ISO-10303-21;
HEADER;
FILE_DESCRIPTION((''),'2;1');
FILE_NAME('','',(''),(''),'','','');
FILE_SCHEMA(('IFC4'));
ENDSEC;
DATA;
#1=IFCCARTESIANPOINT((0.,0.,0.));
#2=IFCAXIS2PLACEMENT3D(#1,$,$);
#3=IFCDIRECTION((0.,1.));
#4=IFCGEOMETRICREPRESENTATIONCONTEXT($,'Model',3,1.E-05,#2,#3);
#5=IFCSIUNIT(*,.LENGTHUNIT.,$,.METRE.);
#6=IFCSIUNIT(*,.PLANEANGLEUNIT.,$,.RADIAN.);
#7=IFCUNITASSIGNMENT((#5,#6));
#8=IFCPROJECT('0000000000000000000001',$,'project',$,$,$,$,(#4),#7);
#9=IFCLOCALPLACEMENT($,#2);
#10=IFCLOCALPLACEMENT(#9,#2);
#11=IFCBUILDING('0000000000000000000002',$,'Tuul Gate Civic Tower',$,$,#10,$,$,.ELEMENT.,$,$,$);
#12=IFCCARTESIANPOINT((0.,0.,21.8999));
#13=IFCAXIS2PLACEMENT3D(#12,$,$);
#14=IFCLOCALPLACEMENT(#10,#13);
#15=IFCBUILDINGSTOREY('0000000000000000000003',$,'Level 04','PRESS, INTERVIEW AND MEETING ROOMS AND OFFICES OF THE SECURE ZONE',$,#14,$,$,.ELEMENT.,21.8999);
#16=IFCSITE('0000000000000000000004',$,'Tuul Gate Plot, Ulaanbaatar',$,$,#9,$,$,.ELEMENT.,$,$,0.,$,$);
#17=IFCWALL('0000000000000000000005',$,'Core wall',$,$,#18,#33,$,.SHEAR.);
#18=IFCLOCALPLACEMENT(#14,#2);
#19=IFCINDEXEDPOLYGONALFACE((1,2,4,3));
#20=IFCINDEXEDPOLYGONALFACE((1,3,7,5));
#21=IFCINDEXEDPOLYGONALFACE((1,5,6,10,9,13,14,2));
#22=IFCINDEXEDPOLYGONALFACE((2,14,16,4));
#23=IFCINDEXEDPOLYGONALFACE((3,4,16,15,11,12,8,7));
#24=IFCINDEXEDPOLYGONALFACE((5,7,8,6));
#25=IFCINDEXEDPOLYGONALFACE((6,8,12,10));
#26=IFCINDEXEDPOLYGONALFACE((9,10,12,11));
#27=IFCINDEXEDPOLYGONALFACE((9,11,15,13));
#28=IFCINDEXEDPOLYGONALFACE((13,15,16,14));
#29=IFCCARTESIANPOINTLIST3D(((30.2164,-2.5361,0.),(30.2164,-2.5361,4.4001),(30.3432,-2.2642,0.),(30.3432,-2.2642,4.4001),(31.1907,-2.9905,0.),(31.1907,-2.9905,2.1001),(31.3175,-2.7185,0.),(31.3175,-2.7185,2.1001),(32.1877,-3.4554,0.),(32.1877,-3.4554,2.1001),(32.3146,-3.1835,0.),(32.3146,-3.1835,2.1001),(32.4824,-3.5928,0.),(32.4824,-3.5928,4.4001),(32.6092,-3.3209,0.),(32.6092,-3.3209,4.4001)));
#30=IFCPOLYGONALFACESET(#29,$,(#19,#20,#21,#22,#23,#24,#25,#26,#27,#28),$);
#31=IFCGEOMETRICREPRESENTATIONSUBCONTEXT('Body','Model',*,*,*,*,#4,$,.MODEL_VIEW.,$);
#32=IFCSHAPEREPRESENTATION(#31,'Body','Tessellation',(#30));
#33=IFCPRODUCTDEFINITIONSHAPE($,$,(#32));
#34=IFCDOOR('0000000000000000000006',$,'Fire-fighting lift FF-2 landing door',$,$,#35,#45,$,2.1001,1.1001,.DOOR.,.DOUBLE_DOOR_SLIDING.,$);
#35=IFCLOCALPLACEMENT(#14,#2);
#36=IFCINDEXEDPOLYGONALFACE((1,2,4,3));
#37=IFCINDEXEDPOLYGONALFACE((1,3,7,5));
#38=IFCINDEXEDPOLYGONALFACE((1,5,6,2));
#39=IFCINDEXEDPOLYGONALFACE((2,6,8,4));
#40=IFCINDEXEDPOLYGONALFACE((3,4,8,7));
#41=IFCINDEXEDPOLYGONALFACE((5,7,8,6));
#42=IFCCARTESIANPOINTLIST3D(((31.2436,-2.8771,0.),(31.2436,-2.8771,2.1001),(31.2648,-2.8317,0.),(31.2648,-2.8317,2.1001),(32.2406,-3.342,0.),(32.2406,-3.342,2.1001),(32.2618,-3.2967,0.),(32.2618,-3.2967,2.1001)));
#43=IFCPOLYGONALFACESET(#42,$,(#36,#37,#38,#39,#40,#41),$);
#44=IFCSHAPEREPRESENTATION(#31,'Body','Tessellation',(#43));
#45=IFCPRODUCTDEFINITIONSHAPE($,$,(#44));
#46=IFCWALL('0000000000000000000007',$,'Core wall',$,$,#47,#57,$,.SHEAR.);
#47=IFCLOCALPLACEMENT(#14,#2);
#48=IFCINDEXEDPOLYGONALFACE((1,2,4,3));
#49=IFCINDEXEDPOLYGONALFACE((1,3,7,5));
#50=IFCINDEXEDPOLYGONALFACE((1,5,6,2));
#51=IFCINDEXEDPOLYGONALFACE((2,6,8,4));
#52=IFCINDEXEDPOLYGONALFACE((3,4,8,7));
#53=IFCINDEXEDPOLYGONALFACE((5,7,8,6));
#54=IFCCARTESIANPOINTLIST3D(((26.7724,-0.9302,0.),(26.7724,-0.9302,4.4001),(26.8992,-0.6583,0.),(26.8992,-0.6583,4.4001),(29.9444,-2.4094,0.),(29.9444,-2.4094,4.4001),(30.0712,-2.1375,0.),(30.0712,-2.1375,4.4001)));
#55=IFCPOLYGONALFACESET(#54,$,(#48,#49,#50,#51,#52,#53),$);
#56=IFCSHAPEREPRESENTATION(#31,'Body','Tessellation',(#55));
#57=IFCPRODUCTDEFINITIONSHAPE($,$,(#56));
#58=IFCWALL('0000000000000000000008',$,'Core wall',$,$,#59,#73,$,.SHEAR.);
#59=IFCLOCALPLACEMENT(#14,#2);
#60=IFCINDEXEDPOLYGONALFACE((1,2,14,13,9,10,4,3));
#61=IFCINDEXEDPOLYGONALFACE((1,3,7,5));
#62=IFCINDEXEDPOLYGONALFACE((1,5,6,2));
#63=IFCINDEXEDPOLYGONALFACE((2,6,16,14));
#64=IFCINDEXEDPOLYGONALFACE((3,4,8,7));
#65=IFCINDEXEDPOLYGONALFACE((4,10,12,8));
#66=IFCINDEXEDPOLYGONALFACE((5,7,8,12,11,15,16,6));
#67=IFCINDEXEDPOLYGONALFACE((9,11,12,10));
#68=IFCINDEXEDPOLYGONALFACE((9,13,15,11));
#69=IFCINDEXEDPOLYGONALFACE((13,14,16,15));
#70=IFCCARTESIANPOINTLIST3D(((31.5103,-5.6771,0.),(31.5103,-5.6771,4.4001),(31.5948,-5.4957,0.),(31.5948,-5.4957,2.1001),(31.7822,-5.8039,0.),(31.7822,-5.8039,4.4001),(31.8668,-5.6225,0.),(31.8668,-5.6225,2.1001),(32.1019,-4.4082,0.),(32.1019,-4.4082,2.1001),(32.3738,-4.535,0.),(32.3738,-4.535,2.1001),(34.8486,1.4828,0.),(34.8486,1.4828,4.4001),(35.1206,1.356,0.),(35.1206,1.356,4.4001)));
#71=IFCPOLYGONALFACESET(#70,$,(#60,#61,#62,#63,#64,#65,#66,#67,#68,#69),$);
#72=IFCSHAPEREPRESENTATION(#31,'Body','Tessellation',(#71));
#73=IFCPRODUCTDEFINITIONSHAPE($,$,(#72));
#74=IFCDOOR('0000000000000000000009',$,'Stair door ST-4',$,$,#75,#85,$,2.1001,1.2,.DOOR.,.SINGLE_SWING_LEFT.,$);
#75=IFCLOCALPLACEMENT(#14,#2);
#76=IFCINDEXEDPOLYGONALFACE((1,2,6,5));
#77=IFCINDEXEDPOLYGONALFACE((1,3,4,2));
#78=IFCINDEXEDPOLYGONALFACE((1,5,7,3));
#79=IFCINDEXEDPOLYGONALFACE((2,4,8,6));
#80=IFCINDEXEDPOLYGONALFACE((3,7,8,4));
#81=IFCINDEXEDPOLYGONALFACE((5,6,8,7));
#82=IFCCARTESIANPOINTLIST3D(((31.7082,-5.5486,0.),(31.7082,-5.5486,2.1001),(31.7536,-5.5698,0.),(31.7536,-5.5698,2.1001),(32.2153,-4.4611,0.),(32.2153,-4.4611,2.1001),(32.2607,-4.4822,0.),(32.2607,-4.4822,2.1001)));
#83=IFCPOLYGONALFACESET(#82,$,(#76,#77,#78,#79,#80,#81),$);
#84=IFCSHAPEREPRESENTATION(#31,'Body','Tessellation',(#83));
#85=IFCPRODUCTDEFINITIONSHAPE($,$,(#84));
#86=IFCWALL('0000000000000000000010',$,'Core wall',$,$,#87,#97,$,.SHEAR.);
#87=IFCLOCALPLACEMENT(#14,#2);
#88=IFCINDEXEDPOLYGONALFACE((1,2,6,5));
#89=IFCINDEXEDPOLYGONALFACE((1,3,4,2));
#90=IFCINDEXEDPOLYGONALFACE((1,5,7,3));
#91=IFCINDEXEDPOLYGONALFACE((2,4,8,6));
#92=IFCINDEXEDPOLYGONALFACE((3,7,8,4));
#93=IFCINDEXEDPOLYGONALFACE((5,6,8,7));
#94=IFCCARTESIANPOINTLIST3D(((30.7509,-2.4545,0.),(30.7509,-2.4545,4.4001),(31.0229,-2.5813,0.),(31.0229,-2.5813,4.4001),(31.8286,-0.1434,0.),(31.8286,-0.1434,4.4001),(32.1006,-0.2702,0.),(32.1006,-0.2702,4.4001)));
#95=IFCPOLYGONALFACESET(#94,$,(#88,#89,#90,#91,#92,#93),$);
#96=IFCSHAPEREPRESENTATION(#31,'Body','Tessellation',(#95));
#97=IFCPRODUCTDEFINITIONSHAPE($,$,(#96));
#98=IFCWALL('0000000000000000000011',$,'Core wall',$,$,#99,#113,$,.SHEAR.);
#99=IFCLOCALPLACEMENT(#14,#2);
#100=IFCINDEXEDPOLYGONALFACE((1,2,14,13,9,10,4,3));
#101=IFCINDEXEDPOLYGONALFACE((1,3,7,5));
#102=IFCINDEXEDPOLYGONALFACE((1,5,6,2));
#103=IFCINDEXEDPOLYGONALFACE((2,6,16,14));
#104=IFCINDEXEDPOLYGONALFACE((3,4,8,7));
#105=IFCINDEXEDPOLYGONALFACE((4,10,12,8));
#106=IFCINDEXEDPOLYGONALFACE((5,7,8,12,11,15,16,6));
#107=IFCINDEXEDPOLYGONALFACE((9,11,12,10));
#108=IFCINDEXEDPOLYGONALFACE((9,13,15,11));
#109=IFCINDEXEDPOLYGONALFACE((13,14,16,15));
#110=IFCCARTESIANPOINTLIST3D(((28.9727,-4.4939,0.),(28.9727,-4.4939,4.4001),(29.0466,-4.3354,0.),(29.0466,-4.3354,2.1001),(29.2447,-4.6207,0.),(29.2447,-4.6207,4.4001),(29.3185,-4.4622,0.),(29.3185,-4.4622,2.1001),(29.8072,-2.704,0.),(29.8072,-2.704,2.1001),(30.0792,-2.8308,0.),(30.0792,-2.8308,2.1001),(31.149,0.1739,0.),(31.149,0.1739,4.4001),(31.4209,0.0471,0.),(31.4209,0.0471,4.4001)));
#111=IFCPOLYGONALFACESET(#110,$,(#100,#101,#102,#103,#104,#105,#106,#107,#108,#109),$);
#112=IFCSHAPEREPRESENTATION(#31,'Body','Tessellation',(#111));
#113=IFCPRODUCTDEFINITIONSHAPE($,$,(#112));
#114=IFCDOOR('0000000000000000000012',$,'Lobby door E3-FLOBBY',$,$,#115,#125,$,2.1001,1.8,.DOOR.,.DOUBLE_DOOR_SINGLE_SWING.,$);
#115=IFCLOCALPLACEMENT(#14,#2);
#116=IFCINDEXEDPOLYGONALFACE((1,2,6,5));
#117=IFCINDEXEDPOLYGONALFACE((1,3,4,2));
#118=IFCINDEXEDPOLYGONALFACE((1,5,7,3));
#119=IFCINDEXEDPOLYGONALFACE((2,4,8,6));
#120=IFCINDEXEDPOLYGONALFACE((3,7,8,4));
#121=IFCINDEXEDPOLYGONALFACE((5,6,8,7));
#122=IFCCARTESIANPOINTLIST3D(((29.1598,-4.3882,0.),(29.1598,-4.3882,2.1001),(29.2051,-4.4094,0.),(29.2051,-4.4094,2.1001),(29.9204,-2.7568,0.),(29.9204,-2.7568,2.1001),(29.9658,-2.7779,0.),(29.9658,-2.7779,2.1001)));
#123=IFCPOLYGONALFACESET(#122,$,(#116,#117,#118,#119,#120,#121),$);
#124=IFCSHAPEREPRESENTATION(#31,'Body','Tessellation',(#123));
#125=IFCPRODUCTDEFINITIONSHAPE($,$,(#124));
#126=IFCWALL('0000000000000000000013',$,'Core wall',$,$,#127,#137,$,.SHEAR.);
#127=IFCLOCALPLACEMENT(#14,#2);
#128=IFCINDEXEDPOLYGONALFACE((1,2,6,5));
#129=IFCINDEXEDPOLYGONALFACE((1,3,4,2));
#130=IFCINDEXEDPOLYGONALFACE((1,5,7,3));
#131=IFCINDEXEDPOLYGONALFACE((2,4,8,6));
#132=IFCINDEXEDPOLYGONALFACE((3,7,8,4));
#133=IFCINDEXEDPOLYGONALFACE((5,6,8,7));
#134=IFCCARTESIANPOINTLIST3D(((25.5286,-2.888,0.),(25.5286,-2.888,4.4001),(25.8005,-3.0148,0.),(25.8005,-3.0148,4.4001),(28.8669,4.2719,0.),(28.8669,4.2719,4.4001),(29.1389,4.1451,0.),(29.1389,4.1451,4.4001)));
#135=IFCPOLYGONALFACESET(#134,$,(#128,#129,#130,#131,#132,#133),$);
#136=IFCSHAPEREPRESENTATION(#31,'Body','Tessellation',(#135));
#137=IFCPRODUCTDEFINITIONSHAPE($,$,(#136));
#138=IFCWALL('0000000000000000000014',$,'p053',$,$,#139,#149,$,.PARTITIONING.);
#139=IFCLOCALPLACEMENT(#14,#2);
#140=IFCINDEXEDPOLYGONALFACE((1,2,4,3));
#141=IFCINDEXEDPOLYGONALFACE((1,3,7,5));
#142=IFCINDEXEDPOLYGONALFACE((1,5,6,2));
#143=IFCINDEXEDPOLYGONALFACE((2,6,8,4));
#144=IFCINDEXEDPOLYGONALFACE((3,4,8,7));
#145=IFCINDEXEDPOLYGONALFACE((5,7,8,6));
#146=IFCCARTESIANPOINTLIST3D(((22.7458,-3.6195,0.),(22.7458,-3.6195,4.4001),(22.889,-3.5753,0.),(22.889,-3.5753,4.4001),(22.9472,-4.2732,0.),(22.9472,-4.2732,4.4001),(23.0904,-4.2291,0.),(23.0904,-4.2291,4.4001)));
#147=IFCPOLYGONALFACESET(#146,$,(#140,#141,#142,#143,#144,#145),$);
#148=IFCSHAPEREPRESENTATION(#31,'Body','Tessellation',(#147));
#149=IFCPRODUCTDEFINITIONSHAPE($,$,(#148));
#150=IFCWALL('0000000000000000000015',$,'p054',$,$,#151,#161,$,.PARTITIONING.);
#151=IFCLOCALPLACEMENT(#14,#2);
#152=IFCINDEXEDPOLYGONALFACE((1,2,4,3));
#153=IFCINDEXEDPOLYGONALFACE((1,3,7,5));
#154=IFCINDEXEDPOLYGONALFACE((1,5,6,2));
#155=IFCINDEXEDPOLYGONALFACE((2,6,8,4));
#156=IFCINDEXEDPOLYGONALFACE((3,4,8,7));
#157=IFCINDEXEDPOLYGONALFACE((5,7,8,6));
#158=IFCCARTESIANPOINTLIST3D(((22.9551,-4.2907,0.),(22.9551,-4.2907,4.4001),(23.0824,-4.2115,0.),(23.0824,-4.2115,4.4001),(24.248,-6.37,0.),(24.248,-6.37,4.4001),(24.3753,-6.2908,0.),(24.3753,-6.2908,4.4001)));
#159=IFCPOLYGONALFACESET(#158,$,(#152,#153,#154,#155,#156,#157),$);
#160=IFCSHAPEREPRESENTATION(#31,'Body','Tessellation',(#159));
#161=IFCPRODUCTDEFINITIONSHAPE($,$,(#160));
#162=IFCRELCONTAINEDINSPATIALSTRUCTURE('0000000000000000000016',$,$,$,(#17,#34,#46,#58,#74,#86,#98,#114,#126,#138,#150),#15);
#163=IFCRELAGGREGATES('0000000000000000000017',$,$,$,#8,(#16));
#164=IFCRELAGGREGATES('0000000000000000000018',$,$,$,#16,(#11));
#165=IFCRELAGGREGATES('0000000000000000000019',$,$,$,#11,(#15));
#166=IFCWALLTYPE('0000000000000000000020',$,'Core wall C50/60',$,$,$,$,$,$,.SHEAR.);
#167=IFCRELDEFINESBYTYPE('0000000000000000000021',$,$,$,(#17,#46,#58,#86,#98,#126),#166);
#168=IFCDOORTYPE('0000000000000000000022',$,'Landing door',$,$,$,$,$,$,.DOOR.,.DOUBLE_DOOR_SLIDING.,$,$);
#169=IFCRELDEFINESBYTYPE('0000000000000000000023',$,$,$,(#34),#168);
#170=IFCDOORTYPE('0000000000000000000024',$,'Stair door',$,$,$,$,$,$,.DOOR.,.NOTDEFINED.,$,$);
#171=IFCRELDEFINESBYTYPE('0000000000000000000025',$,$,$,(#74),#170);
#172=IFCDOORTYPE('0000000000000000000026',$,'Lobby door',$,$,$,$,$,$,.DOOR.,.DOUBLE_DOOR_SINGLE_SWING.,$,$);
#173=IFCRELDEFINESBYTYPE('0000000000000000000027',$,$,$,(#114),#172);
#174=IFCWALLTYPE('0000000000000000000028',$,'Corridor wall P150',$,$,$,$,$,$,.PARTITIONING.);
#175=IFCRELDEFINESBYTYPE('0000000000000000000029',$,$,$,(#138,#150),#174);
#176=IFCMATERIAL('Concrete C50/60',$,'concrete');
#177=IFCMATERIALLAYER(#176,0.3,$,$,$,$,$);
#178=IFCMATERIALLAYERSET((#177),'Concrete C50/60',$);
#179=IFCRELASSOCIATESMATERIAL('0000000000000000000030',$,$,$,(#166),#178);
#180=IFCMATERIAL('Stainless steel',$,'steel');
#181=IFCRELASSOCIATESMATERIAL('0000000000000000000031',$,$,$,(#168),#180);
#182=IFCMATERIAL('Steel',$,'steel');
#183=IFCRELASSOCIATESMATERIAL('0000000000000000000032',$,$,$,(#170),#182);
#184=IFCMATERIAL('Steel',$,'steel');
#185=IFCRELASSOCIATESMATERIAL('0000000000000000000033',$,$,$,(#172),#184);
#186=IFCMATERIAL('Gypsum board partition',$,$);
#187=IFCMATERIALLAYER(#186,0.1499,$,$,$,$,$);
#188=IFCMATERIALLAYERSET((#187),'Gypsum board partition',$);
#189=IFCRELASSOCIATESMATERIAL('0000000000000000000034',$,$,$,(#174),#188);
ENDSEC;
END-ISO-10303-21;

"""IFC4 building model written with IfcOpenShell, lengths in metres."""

from ifc_helpers import new_model, si_unit, direction, frame, frame_2d, origin, place, context, subcontext, project, spatial, rectangle, extrude, material, layer, layer_set, type_object, element, fill, save


model = new_model("IFC4")

# Units and contexts
model_context = context("Model", 3, precision=1e-05, world=origin(), true_north=direction((0.0, 1.0)))
body_context = subcontext(model_context, "Body", "Model", "MODEL_VIEW")
ifc_project = project(units=[si_unit("LENGTHUNIT", "METRE"), si_unit("PLANEANGLEUNIT", "RADIAN")], contexts=[model_context])

# Site, building, storey
site_placement = place(None, origin())
site = spatial("IfcSite", under=ifc_project, at=site_placement, Name="Tuul Gate Plot, Ulaanbaatar", CompositionType="ELEMENT", RefElevation=0.0)
building_placement = place(site_placement, origin())
building = spatial("IfcBuilding", under=site, at=building_placement, Name="Tuul Gate Civic Tower", CompositionType="ELEMENT")
storey_placement = place(building_placement, frame((0.0, 0.0, 21.8999)))
storey = spatial("IfcBuildingStorey", under=building, at=storey_placement, Name="Level 04", Description="PRESS, INTERVIEW AND MEETING ROOMS AND OFFICES OF THE SECURE ZONE", CompositionType="ELEMENT", Elevation=21.8999)

# Wall, opening, door
ifc_material_1 = material(Name="Concrete C50/60", Category="concrete")
ifc_layer_1 = layer(ifc_material_1, 0.3)
ifc_layer_set_1 = layer_set([ifc_layer_1], Name="Concrete C50/60")
wall_type_1 = type_object("IfcWallType", Name="Core wall C50/60", PredefinedType="SHEAR", material=ifc_layer_set_1)
wall_1_placement = place(storey_placement, frame((32.5457, -3.4568, 0.0), z_axis=(0.0, 0.0, 1.0), x_axis=(-0.9063, 0.422634, 0.0)))
wall_1 = element("IfcWall", 1, at=wall_1_placement, inside=storey, type_object=wall_type_1, Name="Core wall", PredefinedType="SHEAR", context=body_context, shape_type="SweptSolid", body=[
    extrude(rectangle(XDim=2.5002, YDim=0.3, at=frame_2d((1.25, 0.0))), origin(), (0.0, 0.0, 1.0), 4.4001),
])
opening_1_placement = place(wall_1_placement, frame((0.325, 0.0, 0.0)))
opening_1 = element("IfcOpeningElement", 2, at=opening_1_placement, cuts=wall_1, PredefinedType="OPENING", context=body_context, shape_type="SweptSolid", body=[
    extrude(rectangle(XDim=1.1001, YDim=2.1001, at=frame_2d((0.55, 1.05))), frame((0.0, 0.1602, 0.0), z_axis=(0.0, -1.0, 0.0), x_axis=(1.0, 0.0, 0.0)), (0.0, 0.0, 1.0), 0.3201),
])
ifc_material_2 = material(Name="Stainless steel", Category="steel")
door_type_1 = type_object("IfcDoorType", Name="Landing door", OperationType="DOUBLE_DOOR_SLIDING", PredefinedType="DOOR", material=ifc_material_2)
door_1_placement = place(opening_1_placement, origin())
door_1 = element("IfcDoor", 3, at=door_1_placement, inside=storey, type_object=door_type_1, Name="Fire-fighting lift FF-2 landing door", OperationType="DOUBLE_DOOR_SLIDING", OverallHeight=2.1001, OverallWidth=1.1001, PredefinedType="DOOR", context=body_context, shape_type="SweptSolid", body=[
    extrude(rectangle(XDim=1.1001, YDim=2.1001, at=frame_2d((0.55, 1.05))), frame((0.0, 0.0249, 0.0), z_axis=(0.0, -1.0, 0.0), x_axis=(1.0, 0.0, 0.0)), (0.0, 0.0, 1.0), 0.05),
])
fill(opening_1, door_1)

# Wall
wall_2_placement = place(storey_placement, frame((30.0078, -2.2734, 0.0), z_axis=(0.0, 0.0, 1.0), x_axis=(-0.906301, 0.422633, 0.0)))
element("IfcWall", 4, at=wall_2_placement, inside=storey, type_object=wall_type_1, Name="Core wall", PredefinedType="SHEAR", context=body_context, shape_type="SweptSolid", body=[
    extrude(rectangle(XDim=3.5, YDim=0.3, at=frame_2d((1.75, 0.0))), origin(), (0.0, 0.0, 1.0), 4.4001),
])

# Wall, opening, door
wall_3_placement = place(storey_placement, frame((31.6462, -5.7405, 0.0), z_axis=(0.0, 0.0, 1.0), x_axis=(0.422583, 0.906324, 0.0)))
wall_3 = element("IfcWall", 5, at=wall_3_placement, inside=storey, type_object=wall_type_1, Name="Core wall", PredefinedType="SHEAR", context=body_context, shape_type="SweptSolid", body=[
    extrude(rectangle(XDim=7.8999, YDim=0.3, at=frame_2d((3.95, 0.0))), origin(), (0.0, 0.0, 1.0), 4.4001),
])
opening_2_placement = place(wall_3_placement, frame((0.2, 0.0, 0.0)))
opening_2 = element("IfcOpeningElement", 6, at=opening_2_placement, cuts=wall_3, PredefinedType="OPENING", context=body_context, shape_type="SweptSolid", body=[
    extrude(rectangle(XDim=1.2, YDim=2.1001, at=frame_2d((0.6001, 1.05))), frame((0.0, 0.1602, 0.0), z_axis=(0.0, -1.0, 0.0), x_axis=(1.0, 0.0, 0.0)), (0.0, 0.0, 1.0), 0.3201),
])
ifc_material_3 = material(Name="Steel", Category="steel")
door_type_2 = type_object("IfcDoorType", Name="Stair door", OperationType="NOTDEFINED", PredefinedType="DOOR", material=ifc_material_3)
door_2_placement = place(opening_2_placement, origin())
door_2 = element("IfcDoor", 7, at=door_2_placement, inside=storey, type_object=door_type_2, Name="Stair door ST-4", OperationType="SINGLE_SWING_LEFT", OverallHeight=2.1001, OverallWidth=1.2, PredefinedType="DOOR", context=body_context, shape_type="SweptSolid", body=[
    extrude(rectangle(XDim=1.2, YDim=2.1001, at=frame_2d((0.6001, 1.05))), frame((0.0, 0.0249, 0.0), z_axis=(0.0, -1.0, 0.0), x_axis=(1.0, 0.0, 0.0)), (0.0, 0.0, 1.0), 0.05),
])
fill(opening_2, door_2)

# Wall
wall_4_placement = place(storey_placement, frame((30.887, -2.5178, 0.0), z_axis=(0.0, 0.0, 1.0), x_axis=(0.422613, 0.90631, 0.0)))
element("IfcWall", 8, at=wall_4_placement, inside=storey, type_object=wall_type_1, Name="Core wall", PredefinedType="SHEAR", context=body_context, shape_type="SweptSolid", body=[
    extrude(rectangle(XDim=2.55, YDim=0.3, at=frame_2d((1.2749, 0.0))), origin(), (0.0, 0.0, 1.0), 4.4001),
])

# Wall, opening, door
wall_5_placement = place(storey_placement, frame((29.1086, -4.5574, 0.0), z_axis=(0.0, 0.0, 1.0), x_axis=(0.422566, 0.906332, 0.0)))
wall_5 = element("IfcWall", 9, at=wall_5_placement, inside=storey, type_object=wall_type_1, Name="Core wall", PredefinedType="SHEAR", context=body_context, shape_type="SweptSolid", body=[
    extrude(rectangle(XDim=5.1501, YDim=0.3, at=frame_2d((2.5752, 0.0))), origin(), (0.0, 0.0, 1.0), 4.4001),
])
opening_3_placement = place(wall_5_placement, frame((0.175, 0.0, 0.0)))
opening_3 = element("IfcOpeningElement", 10, at=opening_3_placement, cuts=wall_5, PredefinedType="OPENING", context=body_context, shape_type="SweptSolid", body=[
    extrude(rectangle(XDim=1.8, YDim=2.1001, at=frame_2d((0.8999, 1.05))), frame((0.0, 0.1602, 0.0), z_axis=(0.0, -1.0, 0.0), x_axis=(1.0, 0.0, 0.0)), (0.0, 0.0, 1.0), 0.3201),
])
ifc_material_4 = material(Name="Steel", Category="steel")
door_type_3 = type_object("IfcDoorType", Name="Lobby door", OperationType="DOUBLE_DOOR_SINGLE_SWING", PredefinedType="DOOR", material=ifc_material_4)
door_3_placement = place(opening_3_placement, frame((1.8, 0.0, 0.0), z_axis=(0.0, 0.0, 1.0), x_axis=(-1.0, 0.0, 0.0)))
door_3 = element("IfcDoor", 11, at=door_3_placement, inside=storey, type_object=door_type_3, Name="Lobby door E3-FLOBBY", OperationType="DOUBLE_DOOR_SINGLE_SWING", OverallHeight=2.1001, OverallWidth=1.8, PredefinedType="DOOR", context=body_context, shape_type="SweptSolid", body=[
    extrude(rectangle(XDim=1.8, YDim=2.1001, at=frame_2d((0.9001, 1.05))), frame((0.0, 0.0249, 0.0), z_axis=(0.0, -1.0, 0.0), x_axis=(1.0, 0.0, 0.0)), (0.0, 0.0, 1.0), 0.05),
])
fill(opening_3, door_3)

# Walls
wall_6_placement = place(storey_placement, frame((25.6646, -2.9514, 0.0), z_axis=(0.0, 0.0, 1.0), x_axis=(0.422583, 0.906324, 0.0)))
element("IfcWall", 12, at=wall_6_placement, inside=storey, type_object=wall_type_1, Name="Core wall", PredefinedType="SHEAR", context=body_context, shape_type="SweptSolid", body=[
    extrude(rectangle(XDim=7.8999, YDim=0.3, at=frame_2d((3.95, 0.0))), origin(), (0.0, 0.0, 1.0), 4.4001),
])
ifc_material_5 = material(Name="Gypsum board partition")
ifc_layer_2 = layer(ifc_material_5, 0.1499)
ifc_layer_set_2 = layer_set([ifc_layer_2], Name="Gypsum board partition")
wall_type_2 = type_object("IfcWallType", Name="Corridor wall P150", PredefinedType="PARTITIONING", material=ifc_layer_set_2)
wall_7_placement = place(storey_placement, frame((22.8174, -3.5974, 0.0), z_axis=(0.0, 0.0, 1.0), x_axis=(0.294412, -0.955679, 0.0)))
element("IfcWall", 13, at=wall_7_placement, inside=storey, type_object=wall_type_2, Name="p053", PredefinedType="PARTITIONING", context=body_context, shape_type="SweptSolid", body=[
    extrude(rectangle(XDim=0.6841, YDim=0.1499, at=frame_2d((0.342, 0.0))), origin(), (0.0, 0.0, 1.0), 4.4001),
])
wall_8_placement = place(storey_placement, frame((23.0188, -4.2512, 0.0), z_axis=(0.0, 0.0, 1.0), x_axis=(0.528053, -0.849212, 0.0)))
element("IfcWall", 14, at=wall_8_placement, inside=storey, type_object=wall_type_2, Name="p054", PredefinedType="PARTITIONING", context=body_context, shape_type="SweptSolid", body=[
    extrude(rectangle(XDim=2.4485, YDim=0.1499, at=frame_2d((1.2241, 0.0))), origin(), (0.0, 0.0, 1.0), 4.4001),
])

save(model, "model.ifc")
